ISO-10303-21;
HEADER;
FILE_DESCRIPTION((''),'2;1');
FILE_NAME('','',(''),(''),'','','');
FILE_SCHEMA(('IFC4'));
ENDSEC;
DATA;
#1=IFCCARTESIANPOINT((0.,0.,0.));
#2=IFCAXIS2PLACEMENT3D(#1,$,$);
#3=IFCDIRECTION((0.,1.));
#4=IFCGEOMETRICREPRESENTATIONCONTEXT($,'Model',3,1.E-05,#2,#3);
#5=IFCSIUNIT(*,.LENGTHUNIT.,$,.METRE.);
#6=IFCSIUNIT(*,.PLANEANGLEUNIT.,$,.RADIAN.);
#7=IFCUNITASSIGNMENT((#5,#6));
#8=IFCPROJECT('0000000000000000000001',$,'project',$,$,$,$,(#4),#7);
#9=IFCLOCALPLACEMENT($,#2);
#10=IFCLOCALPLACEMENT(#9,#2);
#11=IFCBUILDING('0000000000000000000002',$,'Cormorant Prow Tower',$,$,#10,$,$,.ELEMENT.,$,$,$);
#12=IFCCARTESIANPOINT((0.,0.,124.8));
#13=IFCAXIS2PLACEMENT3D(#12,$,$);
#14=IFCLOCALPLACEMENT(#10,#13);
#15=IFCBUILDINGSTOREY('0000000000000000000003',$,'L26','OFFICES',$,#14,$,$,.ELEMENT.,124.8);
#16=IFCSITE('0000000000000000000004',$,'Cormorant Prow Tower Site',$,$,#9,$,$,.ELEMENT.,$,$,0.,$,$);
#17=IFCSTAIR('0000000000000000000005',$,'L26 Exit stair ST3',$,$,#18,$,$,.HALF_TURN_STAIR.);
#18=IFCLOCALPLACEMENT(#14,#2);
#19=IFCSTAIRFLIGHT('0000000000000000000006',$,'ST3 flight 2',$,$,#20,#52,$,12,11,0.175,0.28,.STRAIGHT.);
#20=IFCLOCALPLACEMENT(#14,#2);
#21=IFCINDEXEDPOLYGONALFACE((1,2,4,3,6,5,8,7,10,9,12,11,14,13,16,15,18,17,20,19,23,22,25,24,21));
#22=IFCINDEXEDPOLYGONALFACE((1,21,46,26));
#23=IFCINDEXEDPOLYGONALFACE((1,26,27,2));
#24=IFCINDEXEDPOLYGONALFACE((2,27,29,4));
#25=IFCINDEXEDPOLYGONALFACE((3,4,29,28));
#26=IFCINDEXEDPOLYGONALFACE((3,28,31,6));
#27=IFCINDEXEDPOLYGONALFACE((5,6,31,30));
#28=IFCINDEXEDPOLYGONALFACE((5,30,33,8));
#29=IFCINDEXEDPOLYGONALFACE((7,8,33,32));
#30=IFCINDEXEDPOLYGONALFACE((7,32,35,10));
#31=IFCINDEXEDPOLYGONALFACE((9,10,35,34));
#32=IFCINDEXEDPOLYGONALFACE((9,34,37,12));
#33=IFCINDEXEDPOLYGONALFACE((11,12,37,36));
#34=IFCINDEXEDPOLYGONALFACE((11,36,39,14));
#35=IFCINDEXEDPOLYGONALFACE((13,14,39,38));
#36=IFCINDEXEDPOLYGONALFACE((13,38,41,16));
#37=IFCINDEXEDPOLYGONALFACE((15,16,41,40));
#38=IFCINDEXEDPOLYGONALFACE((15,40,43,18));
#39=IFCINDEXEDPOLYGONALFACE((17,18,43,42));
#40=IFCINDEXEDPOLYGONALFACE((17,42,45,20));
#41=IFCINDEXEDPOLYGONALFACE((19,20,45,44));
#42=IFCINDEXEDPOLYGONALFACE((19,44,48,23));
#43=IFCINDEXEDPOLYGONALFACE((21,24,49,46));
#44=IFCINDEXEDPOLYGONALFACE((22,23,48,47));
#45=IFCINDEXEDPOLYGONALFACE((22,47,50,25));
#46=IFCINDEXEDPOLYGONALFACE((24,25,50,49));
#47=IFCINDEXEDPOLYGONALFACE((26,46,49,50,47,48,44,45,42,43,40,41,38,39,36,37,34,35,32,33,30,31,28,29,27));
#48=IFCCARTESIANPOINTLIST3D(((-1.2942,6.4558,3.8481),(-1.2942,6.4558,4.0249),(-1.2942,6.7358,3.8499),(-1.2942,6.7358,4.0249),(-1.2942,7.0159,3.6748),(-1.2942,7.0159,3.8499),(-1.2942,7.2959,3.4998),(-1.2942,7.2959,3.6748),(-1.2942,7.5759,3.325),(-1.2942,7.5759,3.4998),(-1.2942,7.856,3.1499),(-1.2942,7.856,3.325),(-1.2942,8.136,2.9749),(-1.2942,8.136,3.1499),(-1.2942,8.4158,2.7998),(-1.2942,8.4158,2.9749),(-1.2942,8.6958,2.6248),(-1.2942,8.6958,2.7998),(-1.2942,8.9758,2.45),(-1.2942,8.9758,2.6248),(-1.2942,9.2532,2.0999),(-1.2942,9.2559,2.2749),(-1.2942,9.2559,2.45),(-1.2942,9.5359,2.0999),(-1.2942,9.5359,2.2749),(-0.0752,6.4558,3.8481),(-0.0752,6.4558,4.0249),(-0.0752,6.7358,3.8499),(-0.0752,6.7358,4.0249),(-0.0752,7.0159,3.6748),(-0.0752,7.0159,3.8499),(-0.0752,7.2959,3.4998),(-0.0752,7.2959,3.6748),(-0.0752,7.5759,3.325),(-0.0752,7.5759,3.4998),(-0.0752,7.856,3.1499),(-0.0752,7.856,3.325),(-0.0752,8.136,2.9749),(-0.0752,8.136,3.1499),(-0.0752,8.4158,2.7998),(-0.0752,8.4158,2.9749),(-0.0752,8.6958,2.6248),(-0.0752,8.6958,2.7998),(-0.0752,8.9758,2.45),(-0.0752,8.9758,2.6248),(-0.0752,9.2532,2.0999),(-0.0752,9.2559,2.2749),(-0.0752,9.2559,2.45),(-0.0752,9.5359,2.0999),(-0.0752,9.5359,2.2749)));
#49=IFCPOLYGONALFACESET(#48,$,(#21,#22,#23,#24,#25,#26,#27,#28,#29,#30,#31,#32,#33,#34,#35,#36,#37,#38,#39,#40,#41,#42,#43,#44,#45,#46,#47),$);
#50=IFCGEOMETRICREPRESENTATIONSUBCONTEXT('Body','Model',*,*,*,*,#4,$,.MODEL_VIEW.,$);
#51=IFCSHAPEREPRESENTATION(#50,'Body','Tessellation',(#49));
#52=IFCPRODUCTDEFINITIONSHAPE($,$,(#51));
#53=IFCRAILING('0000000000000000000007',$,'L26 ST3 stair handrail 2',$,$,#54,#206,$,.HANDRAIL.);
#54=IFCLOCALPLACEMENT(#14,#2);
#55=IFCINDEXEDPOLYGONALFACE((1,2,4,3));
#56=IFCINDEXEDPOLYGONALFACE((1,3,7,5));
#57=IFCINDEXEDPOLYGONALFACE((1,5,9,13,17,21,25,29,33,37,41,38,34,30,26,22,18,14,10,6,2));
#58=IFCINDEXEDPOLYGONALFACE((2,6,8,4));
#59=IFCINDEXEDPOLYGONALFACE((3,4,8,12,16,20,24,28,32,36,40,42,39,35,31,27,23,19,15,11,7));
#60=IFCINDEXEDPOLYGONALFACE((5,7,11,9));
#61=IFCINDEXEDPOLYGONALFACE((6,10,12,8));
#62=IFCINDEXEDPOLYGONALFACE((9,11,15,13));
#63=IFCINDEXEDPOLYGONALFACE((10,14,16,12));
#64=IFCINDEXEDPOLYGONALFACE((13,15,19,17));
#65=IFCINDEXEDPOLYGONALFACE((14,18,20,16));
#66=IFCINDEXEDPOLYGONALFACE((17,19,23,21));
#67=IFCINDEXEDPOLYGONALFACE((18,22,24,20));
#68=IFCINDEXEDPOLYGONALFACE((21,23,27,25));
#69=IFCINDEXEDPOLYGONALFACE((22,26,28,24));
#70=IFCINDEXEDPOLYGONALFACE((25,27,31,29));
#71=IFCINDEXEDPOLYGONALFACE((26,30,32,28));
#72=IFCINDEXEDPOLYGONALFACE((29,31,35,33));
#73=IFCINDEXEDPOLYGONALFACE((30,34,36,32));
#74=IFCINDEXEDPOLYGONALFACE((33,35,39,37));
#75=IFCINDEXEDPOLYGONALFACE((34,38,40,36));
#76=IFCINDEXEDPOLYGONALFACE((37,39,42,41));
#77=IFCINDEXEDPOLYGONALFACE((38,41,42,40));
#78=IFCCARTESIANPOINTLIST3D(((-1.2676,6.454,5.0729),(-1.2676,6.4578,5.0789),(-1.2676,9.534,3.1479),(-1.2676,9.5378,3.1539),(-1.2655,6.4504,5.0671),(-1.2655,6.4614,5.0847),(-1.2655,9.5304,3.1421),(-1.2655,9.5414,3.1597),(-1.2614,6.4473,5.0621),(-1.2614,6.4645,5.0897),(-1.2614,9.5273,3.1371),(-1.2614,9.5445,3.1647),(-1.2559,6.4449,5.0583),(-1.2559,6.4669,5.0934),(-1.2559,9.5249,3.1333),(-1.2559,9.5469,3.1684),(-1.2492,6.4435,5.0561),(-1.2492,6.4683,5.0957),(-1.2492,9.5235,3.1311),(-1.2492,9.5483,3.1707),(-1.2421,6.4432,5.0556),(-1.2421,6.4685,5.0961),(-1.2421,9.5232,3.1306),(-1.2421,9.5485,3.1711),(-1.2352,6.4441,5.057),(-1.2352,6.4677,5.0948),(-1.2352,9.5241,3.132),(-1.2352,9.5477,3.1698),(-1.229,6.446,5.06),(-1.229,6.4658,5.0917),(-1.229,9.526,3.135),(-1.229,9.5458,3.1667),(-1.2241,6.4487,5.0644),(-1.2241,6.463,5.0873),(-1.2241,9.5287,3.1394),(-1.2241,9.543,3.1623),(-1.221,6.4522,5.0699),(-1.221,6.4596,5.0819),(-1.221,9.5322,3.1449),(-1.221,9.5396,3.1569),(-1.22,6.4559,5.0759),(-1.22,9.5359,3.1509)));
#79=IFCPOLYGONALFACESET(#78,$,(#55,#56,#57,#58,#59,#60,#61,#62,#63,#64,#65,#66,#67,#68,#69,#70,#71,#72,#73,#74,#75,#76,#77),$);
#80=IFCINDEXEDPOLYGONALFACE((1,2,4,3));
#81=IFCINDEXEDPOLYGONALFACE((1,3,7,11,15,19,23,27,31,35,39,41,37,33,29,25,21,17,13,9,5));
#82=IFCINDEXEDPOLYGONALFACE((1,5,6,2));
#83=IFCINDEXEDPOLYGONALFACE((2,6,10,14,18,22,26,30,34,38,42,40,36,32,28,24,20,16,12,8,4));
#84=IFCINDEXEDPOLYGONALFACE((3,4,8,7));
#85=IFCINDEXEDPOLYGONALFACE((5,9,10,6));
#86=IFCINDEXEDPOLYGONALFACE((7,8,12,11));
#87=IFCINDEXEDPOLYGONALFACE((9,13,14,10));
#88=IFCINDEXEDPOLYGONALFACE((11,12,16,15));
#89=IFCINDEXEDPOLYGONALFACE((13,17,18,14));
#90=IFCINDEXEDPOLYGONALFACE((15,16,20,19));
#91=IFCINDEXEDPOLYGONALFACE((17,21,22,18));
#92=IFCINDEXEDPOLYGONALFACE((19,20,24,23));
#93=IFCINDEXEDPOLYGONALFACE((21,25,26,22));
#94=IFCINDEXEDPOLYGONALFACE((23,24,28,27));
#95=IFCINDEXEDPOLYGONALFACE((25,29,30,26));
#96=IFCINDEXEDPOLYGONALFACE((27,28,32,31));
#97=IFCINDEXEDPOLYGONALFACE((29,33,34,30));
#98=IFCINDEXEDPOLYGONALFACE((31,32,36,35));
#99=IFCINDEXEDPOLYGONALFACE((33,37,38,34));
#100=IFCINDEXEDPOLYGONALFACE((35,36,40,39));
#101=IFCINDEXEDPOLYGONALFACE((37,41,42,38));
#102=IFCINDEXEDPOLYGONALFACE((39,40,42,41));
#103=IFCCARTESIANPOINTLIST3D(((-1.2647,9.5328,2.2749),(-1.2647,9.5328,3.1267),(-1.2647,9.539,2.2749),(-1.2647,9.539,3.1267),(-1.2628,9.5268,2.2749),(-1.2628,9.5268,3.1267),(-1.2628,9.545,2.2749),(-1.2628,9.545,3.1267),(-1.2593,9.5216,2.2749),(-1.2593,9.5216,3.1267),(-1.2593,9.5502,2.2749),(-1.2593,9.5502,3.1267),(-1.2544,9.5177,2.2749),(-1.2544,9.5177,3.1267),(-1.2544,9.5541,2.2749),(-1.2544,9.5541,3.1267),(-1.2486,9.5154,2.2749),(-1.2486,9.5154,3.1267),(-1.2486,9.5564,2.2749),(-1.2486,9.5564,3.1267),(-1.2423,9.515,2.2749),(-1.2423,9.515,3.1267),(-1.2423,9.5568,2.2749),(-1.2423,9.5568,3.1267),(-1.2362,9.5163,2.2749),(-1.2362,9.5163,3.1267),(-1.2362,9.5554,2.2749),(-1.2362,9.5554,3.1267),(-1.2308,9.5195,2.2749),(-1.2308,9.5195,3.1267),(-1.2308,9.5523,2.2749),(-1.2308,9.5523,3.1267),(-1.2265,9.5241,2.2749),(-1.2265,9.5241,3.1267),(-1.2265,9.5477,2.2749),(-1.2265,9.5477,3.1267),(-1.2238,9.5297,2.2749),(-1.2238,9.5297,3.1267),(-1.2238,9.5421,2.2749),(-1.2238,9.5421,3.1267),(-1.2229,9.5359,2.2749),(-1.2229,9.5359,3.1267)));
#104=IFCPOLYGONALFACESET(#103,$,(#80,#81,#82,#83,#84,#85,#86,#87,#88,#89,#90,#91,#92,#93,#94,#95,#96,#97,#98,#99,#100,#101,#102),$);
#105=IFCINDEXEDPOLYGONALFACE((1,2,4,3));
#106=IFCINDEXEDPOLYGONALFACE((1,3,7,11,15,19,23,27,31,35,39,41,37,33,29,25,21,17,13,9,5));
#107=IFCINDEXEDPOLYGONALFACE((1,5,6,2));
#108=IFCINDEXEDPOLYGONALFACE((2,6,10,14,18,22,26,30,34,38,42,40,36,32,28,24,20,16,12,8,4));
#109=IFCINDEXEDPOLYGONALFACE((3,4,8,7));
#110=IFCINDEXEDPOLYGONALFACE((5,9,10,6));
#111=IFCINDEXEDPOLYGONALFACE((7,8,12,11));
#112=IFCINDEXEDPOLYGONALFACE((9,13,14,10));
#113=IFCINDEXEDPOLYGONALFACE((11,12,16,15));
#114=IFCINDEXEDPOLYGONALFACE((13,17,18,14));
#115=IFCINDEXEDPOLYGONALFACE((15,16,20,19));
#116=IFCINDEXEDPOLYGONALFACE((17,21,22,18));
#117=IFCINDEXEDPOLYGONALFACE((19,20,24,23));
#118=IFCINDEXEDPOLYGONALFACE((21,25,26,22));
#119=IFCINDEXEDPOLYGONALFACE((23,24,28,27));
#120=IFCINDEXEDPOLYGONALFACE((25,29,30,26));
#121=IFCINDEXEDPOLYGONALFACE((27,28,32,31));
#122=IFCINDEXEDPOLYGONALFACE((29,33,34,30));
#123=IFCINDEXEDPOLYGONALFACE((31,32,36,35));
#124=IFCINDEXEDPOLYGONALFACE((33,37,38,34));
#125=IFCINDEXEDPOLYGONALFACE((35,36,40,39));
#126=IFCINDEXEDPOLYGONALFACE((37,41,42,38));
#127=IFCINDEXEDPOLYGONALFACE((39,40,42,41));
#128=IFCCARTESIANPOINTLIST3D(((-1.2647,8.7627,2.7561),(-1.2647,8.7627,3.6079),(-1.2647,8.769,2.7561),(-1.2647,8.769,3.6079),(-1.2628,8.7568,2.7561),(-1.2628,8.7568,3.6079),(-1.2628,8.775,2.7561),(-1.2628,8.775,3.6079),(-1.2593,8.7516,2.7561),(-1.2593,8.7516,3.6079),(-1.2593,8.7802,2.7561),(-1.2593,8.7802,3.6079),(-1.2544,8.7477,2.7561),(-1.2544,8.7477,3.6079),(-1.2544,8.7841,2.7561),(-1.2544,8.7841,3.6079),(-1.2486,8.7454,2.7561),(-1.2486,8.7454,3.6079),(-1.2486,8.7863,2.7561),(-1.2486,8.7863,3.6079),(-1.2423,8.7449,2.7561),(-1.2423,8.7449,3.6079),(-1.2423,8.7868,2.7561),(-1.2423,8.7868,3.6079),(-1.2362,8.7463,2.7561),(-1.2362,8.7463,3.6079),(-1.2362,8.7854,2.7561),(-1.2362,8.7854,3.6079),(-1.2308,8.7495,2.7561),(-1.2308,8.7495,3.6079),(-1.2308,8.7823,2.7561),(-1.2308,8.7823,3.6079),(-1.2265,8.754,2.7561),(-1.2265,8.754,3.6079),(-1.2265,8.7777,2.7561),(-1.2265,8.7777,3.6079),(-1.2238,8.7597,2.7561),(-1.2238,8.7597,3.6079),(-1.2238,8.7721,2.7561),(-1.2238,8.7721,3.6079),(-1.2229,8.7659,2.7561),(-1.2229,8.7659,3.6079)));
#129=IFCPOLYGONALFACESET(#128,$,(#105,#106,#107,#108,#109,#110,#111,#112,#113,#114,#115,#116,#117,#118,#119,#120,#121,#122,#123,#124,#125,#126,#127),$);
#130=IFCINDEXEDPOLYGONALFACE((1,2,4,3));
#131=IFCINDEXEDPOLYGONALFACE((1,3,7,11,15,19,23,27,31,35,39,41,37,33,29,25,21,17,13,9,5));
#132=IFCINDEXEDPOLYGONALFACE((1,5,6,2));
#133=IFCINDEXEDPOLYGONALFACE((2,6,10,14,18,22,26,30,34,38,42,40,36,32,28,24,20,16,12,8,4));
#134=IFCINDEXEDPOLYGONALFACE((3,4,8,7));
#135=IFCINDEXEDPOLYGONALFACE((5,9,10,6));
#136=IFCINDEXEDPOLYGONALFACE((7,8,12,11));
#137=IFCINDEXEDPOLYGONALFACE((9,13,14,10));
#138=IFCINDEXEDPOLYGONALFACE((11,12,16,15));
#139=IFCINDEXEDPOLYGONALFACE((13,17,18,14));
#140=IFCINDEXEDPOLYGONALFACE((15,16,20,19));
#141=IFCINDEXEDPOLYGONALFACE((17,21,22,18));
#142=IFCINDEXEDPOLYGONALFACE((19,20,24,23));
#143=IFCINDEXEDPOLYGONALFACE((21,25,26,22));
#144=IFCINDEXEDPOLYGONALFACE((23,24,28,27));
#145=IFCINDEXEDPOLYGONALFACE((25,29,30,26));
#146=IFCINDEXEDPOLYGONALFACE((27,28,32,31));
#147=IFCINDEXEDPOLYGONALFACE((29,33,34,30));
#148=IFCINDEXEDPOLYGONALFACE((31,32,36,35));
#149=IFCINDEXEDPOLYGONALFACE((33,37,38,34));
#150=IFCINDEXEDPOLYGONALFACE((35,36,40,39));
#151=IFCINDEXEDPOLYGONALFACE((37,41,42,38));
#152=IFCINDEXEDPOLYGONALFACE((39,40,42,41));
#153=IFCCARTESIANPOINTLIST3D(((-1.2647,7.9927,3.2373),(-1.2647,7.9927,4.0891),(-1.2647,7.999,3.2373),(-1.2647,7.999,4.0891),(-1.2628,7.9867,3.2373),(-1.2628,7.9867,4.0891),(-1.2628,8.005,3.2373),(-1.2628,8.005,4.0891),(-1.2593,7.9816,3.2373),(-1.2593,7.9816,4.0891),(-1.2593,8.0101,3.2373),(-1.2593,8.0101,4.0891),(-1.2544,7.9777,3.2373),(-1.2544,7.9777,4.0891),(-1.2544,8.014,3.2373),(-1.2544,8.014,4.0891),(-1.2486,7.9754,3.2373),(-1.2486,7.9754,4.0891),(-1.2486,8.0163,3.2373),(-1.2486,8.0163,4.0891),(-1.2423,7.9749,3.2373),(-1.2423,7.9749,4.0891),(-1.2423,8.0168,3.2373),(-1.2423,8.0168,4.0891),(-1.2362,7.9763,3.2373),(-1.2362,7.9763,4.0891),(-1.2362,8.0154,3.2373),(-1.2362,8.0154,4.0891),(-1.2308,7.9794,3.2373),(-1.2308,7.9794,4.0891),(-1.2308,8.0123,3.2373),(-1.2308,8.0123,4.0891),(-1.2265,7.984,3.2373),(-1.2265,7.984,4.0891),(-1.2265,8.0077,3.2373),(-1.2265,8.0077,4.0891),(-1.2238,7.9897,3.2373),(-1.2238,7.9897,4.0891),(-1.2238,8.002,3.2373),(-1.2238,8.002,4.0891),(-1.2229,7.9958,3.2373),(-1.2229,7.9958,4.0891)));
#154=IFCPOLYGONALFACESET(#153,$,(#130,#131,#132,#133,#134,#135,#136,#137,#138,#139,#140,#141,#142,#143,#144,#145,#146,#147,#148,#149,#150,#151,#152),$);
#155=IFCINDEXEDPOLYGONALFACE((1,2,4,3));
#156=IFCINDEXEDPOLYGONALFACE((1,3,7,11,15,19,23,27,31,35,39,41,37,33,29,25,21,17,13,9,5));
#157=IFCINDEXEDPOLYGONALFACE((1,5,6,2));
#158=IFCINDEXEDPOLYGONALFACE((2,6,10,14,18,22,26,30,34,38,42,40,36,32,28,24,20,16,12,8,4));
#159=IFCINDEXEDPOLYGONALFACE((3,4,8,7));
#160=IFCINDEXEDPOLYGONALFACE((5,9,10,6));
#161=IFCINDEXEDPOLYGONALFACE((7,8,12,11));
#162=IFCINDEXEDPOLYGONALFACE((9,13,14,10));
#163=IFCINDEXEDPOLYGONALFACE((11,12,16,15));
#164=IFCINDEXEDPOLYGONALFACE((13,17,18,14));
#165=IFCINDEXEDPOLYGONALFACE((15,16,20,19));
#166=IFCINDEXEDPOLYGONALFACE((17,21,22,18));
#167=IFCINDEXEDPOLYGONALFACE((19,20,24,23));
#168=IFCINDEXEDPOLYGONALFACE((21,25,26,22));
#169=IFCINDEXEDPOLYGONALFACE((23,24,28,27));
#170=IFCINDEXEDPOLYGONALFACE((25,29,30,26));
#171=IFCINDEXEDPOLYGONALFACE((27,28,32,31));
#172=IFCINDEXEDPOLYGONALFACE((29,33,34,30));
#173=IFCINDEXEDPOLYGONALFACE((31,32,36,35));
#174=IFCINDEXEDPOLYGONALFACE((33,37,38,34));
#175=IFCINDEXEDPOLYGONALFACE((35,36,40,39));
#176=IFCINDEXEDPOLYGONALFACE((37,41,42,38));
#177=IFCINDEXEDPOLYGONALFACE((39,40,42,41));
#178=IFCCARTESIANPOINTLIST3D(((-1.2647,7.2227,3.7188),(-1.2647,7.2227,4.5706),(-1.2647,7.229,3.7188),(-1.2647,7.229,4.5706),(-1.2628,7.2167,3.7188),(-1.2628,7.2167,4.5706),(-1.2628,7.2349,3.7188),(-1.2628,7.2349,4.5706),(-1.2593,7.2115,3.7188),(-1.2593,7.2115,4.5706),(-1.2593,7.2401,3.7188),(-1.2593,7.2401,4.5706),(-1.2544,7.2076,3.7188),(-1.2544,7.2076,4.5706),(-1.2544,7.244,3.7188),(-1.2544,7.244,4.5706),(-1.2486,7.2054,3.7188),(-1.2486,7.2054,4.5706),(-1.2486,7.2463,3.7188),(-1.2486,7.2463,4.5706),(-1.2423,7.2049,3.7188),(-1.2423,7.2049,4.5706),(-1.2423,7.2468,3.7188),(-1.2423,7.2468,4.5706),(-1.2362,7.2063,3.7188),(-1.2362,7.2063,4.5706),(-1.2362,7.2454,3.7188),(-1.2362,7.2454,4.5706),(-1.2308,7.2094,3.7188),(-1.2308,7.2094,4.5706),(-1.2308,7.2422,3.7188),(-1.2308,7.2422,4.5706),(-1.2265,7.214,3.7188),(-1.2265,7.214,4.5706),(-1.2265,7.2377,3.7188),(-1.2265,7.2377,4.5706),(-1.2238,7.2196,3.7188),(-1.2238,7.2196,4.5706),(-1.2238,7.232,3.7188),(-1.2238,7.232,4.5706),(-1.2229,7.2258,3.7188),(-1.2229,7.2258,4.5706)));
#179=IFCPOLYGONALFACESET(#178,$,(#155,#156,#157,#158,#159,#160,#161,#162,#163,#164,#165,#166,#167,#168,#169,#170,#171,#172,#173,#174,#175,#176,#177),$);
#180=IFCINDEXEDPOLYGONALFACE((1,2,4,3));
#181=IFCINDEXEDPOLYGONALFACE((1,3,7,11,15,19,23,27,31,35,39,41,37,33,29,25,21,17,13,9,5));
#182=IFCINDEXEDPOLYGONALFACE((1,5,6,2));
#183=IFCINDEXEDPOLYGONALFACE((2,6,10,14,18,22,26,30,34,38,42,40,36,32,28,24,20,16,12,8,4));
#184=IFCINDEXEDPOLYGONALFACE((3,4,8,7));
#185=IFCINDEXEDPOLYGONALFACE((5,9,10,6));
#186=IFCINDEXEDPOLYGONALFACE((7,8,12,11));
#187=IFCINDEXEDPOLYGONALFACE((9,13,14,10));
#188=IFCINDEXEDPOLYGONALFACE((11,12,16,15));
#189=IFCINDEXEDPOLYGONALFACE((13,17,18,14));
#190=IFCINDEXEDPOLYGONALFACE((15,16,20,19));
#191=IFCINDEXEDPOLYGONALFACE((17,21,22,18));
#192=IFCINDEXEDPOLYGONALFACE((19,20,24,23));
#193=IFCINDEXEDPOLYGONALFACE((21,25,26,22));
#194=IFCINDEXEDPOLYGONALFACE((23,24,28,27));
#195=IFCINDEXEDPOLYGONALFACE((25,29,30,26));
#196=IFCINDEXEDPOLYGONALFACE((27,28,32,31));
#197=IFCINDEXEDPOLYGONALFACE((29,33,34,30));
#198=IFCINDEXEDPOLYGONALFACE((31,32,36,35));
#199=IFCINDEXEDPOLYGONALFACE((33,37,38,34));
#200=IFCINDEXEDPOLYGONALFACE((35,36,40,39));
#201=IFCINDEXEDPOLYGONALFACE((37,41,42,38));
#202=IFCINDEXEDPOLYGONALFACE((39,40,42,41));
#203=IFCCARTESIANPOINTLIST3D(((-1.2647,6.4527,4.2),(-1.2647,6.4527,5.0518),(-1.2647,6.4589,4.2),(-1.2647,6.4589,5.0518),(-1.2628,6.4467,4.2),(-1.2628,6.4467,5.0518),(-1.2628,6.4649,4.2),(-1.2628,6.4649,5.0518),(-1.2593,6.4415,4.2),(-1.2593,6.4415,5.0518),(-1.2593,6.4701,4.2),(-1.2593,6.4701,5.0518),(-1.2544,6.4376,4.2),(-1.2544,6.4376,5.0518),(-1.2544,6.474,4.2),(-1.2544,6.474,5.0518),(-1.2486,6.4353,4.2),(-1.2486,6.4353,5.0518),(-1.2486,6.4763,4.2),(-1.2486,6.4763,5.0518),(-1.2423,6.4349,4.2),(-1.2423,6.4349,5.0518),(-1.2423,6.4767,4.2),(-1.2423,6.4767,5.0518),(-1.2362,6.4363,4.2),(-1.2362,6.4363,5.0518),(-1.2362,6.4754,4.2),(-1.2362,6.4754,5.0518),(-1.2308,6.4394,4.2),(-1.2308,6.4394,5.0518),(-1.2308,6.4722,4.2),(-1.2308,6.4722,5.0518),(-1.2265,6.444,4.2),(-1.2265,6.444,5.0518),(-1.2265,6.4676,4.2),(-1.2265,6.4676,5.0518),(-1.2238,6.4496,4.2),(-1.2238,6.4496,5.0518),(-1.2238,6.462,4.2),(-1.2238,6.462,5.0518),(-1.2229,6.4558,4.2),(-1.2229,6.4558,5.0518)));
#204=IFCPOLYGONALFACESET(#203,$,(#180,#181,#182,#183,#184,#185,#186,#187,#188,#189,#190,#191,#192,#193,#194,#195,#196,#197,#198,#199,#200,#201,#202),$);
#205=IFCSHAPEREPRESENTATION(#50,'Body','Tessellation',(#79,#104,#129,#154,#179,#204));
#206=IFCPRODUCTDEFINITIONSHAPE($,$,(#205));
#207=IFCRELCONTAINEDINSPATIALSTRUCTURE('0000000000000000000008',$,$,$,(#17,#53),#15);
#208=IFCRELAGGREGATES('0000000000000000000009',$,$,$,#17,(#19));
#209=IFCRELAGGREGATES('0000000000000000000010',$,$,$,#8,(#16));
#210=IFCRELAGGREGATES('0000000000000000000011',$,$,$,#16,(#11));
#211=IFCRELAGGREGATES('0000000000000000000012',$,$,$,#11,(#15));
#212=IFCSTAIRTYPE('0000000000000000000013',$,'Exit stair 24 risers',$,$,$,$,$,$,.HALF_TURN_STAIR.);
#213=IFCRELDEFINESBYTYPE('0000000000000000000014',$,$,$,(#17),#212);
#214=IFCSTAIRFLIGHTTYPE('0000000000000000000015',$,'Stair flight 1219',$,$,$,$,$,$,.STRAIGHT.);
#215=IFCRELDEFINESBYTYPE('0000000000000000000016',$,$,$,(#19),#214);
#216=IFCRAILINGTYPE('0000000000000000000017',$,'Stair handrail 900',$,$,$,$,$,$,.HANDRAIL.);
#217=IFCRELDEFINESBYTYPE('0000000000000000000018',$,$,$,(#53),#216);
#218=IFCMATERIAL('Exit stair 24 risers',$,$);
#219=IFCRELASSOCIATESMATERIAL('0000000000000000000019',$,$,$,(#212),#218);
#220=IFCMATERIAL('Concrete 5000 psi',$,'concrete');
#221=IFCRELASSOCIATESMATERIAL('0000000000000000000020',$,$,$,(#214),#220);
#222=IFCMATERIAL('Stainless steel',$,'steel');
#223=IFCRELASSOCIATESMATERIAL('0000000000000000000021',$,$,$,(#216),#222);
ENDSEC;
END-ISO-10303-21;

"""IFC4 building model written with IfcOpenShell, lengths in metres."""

from ifc_helpers import new_model, si_unit, direction, frame, origin, origin_2d, place, context, subcontext, project, spatial, polyline, circle, outline, extrude, material, type_object, element, aggregate, save


model = new_model("IFC4")

# Units and contexts
model_context = context("Model", 3, precision=1e-05, world=origin(), true_north=direction((0.0, 1.0)))
body_context = subcontext(model_context, "Body", "Model", "MODEL_VIEW")
ifc_project = project(units=[si_unit("LENGTHUNIT", "METRE"), si_unit("PLANEANGLEUNIT", "RADIAN")], contexts=[model_context])

# Site, building, storey
site_placement = place(None, origin())
site = spatial("IfcSite", under=ifc_project, at=site_placement, Name="Cormorant Prow Tower Site", CompositionType="ELEMENT", RefElevation=0.0)
building_placement = place(site_placement, origin())
building = spatial("IfcBuilding", under=site, at=building_placement, Name="Cormorant Prow Tower", CompositionType="ELEMENT")
storey_placement = place(building_placement, frame((0.0, 0.0, 124.8)))
storey = spatial("IfcBuildingStorey", under=building, at=storey_placement, Name="L26", Description="OFFICES", CompositionType="ELEMENT", Elevation=124.8)

# Stair, stair flight
ifc_material_1 = material(Name="Exit stair 24 risers")
stair_type = type_object("IfcStairType", Name="Exit stair 24 risers", PredefinedType="HALF_TURN_STAIR", material=ifc_material_1)
stair_placement = place(storey_placement, origin())
stair = element("IfcStair", 1, at=stair_placement, inside=storey, type_object=stair_type, Name="L26 Exit stair ST3", PredefinedType="HALF_TURN_STAIR")
ifc_material_2 = material(Name="Concrete 5000 psi", Category="concrete")
stair_flight_type = type_object("IfcStairFlightType", Name="Stair flight 1219", PredefinedType="STRAIGHT", material=ifc_material_2)
stair_flight_placement = place(storey_placement, frame((-0.6846, 9.5359, 2.0999), z_axis=(0.0, 0.0, 1.0), x_axis=(0.0, -1.0, 0.0)))
stair_flight = element("IfcStairFlight", 2, at=stair_flight_placement, type_object=stair_flight_type, Name="ST3 flight 2", NumberOfRisers=12, NumberOfTreads=11, PredefinedType="STRAIGHT", RiserHeight=0.175, TreadLength=0.28, context=body_context, shape_type="SweptSolid", body=[
    extrude(outline(polyline([(0.0, 0.0), (0.0, 0.175), (0.28, 0.175), (0.28, 0.3501), (0.5601, 0.3501), (0.5601, 0.5249), (0.8401, 0.5249), (0.8401, 0.7), (1.1201, 0.7), (1.1201, 0.875), (1.3999, 0.875), (1.3999, 1.05), (1.6799, 1.05), (1.6799, 1.2251), (1.96, 1.2251), (1.96, 1.3999), (2.24, 1.3999), (2.24, 1.575), (2.52, 1.575), (2.52, 1.75), (2.8, 1.75), (2.8, 1.925), (3.0801, 1.925), (3.0801, 2.1001), (3.0801, 1.7483), (0.2827, 0.0), (0.0, 0.0)])), frame((0.0, 0.6094, 0.0), z_axis=(0.0, -1.0, 0.0), x_axis=(1.0, 0.0, 0.0)), (0.0, 0.0, 1.0), 1.219),
])
aggregate(stair, [stair_flight])

# Railing
ifc_material_3 = material(Name="Stainless steel", Category="steel")
railing_type = type_object("IfcRailingType", Name="Stair handrail 900", PredefinedType="HANDRAIL", material=ifc_material_3)
railing_placement = place(storey_placement, frame((-1.2439, 9.5359, 2.2749)))
element("IfcRailing", 3, at=railing_placement, inside=storey, type_object=railing_type, Name="L26 ST3 stair handrail 2", PredefinedType="HANDRAIL", context=body_context, shape_type="SweptSolid", body=[
    extrude(circle(Radius=0.0239, at=origin_2d()), frame((0.0, 0.0, 0.876), z_axis=(0.0, -0.847998, 0.529999), x_axis=(1.0, 0.0, 0.0)), (0.0, 0.0, 1.0), 3.6321),
    extrude(circle(Radius=0.021, at=origin_2d()), origin(), (0.0, 0.0, 1.0), 0.8518),
    extrude(circle(Radius=0.021, at=origin_2d()), frame((0.0, -0.77, 0.4812)), (0.0, 0.0, 1.0), 0.8518),
    extrude(circle(Radius=0.021, at=origin_2d()), frame((0.0, -1.54, 0.9624)), (0.0, 0.0, 1.0), 0.8518),
    extrude(circle(Radius=0.021, at=origin_2d()), frame((0.0, -2.3101, 1.4438)), (0.0, 0.0, 1.0), 0.8518),
    extrude(circle(Radius=0.021, at=origin_2d()), frame((0.0, -3.0801, 1.925)), (0.0, 0.0, 1.0), 0.8518),
])

save(model, "model.ifc")
